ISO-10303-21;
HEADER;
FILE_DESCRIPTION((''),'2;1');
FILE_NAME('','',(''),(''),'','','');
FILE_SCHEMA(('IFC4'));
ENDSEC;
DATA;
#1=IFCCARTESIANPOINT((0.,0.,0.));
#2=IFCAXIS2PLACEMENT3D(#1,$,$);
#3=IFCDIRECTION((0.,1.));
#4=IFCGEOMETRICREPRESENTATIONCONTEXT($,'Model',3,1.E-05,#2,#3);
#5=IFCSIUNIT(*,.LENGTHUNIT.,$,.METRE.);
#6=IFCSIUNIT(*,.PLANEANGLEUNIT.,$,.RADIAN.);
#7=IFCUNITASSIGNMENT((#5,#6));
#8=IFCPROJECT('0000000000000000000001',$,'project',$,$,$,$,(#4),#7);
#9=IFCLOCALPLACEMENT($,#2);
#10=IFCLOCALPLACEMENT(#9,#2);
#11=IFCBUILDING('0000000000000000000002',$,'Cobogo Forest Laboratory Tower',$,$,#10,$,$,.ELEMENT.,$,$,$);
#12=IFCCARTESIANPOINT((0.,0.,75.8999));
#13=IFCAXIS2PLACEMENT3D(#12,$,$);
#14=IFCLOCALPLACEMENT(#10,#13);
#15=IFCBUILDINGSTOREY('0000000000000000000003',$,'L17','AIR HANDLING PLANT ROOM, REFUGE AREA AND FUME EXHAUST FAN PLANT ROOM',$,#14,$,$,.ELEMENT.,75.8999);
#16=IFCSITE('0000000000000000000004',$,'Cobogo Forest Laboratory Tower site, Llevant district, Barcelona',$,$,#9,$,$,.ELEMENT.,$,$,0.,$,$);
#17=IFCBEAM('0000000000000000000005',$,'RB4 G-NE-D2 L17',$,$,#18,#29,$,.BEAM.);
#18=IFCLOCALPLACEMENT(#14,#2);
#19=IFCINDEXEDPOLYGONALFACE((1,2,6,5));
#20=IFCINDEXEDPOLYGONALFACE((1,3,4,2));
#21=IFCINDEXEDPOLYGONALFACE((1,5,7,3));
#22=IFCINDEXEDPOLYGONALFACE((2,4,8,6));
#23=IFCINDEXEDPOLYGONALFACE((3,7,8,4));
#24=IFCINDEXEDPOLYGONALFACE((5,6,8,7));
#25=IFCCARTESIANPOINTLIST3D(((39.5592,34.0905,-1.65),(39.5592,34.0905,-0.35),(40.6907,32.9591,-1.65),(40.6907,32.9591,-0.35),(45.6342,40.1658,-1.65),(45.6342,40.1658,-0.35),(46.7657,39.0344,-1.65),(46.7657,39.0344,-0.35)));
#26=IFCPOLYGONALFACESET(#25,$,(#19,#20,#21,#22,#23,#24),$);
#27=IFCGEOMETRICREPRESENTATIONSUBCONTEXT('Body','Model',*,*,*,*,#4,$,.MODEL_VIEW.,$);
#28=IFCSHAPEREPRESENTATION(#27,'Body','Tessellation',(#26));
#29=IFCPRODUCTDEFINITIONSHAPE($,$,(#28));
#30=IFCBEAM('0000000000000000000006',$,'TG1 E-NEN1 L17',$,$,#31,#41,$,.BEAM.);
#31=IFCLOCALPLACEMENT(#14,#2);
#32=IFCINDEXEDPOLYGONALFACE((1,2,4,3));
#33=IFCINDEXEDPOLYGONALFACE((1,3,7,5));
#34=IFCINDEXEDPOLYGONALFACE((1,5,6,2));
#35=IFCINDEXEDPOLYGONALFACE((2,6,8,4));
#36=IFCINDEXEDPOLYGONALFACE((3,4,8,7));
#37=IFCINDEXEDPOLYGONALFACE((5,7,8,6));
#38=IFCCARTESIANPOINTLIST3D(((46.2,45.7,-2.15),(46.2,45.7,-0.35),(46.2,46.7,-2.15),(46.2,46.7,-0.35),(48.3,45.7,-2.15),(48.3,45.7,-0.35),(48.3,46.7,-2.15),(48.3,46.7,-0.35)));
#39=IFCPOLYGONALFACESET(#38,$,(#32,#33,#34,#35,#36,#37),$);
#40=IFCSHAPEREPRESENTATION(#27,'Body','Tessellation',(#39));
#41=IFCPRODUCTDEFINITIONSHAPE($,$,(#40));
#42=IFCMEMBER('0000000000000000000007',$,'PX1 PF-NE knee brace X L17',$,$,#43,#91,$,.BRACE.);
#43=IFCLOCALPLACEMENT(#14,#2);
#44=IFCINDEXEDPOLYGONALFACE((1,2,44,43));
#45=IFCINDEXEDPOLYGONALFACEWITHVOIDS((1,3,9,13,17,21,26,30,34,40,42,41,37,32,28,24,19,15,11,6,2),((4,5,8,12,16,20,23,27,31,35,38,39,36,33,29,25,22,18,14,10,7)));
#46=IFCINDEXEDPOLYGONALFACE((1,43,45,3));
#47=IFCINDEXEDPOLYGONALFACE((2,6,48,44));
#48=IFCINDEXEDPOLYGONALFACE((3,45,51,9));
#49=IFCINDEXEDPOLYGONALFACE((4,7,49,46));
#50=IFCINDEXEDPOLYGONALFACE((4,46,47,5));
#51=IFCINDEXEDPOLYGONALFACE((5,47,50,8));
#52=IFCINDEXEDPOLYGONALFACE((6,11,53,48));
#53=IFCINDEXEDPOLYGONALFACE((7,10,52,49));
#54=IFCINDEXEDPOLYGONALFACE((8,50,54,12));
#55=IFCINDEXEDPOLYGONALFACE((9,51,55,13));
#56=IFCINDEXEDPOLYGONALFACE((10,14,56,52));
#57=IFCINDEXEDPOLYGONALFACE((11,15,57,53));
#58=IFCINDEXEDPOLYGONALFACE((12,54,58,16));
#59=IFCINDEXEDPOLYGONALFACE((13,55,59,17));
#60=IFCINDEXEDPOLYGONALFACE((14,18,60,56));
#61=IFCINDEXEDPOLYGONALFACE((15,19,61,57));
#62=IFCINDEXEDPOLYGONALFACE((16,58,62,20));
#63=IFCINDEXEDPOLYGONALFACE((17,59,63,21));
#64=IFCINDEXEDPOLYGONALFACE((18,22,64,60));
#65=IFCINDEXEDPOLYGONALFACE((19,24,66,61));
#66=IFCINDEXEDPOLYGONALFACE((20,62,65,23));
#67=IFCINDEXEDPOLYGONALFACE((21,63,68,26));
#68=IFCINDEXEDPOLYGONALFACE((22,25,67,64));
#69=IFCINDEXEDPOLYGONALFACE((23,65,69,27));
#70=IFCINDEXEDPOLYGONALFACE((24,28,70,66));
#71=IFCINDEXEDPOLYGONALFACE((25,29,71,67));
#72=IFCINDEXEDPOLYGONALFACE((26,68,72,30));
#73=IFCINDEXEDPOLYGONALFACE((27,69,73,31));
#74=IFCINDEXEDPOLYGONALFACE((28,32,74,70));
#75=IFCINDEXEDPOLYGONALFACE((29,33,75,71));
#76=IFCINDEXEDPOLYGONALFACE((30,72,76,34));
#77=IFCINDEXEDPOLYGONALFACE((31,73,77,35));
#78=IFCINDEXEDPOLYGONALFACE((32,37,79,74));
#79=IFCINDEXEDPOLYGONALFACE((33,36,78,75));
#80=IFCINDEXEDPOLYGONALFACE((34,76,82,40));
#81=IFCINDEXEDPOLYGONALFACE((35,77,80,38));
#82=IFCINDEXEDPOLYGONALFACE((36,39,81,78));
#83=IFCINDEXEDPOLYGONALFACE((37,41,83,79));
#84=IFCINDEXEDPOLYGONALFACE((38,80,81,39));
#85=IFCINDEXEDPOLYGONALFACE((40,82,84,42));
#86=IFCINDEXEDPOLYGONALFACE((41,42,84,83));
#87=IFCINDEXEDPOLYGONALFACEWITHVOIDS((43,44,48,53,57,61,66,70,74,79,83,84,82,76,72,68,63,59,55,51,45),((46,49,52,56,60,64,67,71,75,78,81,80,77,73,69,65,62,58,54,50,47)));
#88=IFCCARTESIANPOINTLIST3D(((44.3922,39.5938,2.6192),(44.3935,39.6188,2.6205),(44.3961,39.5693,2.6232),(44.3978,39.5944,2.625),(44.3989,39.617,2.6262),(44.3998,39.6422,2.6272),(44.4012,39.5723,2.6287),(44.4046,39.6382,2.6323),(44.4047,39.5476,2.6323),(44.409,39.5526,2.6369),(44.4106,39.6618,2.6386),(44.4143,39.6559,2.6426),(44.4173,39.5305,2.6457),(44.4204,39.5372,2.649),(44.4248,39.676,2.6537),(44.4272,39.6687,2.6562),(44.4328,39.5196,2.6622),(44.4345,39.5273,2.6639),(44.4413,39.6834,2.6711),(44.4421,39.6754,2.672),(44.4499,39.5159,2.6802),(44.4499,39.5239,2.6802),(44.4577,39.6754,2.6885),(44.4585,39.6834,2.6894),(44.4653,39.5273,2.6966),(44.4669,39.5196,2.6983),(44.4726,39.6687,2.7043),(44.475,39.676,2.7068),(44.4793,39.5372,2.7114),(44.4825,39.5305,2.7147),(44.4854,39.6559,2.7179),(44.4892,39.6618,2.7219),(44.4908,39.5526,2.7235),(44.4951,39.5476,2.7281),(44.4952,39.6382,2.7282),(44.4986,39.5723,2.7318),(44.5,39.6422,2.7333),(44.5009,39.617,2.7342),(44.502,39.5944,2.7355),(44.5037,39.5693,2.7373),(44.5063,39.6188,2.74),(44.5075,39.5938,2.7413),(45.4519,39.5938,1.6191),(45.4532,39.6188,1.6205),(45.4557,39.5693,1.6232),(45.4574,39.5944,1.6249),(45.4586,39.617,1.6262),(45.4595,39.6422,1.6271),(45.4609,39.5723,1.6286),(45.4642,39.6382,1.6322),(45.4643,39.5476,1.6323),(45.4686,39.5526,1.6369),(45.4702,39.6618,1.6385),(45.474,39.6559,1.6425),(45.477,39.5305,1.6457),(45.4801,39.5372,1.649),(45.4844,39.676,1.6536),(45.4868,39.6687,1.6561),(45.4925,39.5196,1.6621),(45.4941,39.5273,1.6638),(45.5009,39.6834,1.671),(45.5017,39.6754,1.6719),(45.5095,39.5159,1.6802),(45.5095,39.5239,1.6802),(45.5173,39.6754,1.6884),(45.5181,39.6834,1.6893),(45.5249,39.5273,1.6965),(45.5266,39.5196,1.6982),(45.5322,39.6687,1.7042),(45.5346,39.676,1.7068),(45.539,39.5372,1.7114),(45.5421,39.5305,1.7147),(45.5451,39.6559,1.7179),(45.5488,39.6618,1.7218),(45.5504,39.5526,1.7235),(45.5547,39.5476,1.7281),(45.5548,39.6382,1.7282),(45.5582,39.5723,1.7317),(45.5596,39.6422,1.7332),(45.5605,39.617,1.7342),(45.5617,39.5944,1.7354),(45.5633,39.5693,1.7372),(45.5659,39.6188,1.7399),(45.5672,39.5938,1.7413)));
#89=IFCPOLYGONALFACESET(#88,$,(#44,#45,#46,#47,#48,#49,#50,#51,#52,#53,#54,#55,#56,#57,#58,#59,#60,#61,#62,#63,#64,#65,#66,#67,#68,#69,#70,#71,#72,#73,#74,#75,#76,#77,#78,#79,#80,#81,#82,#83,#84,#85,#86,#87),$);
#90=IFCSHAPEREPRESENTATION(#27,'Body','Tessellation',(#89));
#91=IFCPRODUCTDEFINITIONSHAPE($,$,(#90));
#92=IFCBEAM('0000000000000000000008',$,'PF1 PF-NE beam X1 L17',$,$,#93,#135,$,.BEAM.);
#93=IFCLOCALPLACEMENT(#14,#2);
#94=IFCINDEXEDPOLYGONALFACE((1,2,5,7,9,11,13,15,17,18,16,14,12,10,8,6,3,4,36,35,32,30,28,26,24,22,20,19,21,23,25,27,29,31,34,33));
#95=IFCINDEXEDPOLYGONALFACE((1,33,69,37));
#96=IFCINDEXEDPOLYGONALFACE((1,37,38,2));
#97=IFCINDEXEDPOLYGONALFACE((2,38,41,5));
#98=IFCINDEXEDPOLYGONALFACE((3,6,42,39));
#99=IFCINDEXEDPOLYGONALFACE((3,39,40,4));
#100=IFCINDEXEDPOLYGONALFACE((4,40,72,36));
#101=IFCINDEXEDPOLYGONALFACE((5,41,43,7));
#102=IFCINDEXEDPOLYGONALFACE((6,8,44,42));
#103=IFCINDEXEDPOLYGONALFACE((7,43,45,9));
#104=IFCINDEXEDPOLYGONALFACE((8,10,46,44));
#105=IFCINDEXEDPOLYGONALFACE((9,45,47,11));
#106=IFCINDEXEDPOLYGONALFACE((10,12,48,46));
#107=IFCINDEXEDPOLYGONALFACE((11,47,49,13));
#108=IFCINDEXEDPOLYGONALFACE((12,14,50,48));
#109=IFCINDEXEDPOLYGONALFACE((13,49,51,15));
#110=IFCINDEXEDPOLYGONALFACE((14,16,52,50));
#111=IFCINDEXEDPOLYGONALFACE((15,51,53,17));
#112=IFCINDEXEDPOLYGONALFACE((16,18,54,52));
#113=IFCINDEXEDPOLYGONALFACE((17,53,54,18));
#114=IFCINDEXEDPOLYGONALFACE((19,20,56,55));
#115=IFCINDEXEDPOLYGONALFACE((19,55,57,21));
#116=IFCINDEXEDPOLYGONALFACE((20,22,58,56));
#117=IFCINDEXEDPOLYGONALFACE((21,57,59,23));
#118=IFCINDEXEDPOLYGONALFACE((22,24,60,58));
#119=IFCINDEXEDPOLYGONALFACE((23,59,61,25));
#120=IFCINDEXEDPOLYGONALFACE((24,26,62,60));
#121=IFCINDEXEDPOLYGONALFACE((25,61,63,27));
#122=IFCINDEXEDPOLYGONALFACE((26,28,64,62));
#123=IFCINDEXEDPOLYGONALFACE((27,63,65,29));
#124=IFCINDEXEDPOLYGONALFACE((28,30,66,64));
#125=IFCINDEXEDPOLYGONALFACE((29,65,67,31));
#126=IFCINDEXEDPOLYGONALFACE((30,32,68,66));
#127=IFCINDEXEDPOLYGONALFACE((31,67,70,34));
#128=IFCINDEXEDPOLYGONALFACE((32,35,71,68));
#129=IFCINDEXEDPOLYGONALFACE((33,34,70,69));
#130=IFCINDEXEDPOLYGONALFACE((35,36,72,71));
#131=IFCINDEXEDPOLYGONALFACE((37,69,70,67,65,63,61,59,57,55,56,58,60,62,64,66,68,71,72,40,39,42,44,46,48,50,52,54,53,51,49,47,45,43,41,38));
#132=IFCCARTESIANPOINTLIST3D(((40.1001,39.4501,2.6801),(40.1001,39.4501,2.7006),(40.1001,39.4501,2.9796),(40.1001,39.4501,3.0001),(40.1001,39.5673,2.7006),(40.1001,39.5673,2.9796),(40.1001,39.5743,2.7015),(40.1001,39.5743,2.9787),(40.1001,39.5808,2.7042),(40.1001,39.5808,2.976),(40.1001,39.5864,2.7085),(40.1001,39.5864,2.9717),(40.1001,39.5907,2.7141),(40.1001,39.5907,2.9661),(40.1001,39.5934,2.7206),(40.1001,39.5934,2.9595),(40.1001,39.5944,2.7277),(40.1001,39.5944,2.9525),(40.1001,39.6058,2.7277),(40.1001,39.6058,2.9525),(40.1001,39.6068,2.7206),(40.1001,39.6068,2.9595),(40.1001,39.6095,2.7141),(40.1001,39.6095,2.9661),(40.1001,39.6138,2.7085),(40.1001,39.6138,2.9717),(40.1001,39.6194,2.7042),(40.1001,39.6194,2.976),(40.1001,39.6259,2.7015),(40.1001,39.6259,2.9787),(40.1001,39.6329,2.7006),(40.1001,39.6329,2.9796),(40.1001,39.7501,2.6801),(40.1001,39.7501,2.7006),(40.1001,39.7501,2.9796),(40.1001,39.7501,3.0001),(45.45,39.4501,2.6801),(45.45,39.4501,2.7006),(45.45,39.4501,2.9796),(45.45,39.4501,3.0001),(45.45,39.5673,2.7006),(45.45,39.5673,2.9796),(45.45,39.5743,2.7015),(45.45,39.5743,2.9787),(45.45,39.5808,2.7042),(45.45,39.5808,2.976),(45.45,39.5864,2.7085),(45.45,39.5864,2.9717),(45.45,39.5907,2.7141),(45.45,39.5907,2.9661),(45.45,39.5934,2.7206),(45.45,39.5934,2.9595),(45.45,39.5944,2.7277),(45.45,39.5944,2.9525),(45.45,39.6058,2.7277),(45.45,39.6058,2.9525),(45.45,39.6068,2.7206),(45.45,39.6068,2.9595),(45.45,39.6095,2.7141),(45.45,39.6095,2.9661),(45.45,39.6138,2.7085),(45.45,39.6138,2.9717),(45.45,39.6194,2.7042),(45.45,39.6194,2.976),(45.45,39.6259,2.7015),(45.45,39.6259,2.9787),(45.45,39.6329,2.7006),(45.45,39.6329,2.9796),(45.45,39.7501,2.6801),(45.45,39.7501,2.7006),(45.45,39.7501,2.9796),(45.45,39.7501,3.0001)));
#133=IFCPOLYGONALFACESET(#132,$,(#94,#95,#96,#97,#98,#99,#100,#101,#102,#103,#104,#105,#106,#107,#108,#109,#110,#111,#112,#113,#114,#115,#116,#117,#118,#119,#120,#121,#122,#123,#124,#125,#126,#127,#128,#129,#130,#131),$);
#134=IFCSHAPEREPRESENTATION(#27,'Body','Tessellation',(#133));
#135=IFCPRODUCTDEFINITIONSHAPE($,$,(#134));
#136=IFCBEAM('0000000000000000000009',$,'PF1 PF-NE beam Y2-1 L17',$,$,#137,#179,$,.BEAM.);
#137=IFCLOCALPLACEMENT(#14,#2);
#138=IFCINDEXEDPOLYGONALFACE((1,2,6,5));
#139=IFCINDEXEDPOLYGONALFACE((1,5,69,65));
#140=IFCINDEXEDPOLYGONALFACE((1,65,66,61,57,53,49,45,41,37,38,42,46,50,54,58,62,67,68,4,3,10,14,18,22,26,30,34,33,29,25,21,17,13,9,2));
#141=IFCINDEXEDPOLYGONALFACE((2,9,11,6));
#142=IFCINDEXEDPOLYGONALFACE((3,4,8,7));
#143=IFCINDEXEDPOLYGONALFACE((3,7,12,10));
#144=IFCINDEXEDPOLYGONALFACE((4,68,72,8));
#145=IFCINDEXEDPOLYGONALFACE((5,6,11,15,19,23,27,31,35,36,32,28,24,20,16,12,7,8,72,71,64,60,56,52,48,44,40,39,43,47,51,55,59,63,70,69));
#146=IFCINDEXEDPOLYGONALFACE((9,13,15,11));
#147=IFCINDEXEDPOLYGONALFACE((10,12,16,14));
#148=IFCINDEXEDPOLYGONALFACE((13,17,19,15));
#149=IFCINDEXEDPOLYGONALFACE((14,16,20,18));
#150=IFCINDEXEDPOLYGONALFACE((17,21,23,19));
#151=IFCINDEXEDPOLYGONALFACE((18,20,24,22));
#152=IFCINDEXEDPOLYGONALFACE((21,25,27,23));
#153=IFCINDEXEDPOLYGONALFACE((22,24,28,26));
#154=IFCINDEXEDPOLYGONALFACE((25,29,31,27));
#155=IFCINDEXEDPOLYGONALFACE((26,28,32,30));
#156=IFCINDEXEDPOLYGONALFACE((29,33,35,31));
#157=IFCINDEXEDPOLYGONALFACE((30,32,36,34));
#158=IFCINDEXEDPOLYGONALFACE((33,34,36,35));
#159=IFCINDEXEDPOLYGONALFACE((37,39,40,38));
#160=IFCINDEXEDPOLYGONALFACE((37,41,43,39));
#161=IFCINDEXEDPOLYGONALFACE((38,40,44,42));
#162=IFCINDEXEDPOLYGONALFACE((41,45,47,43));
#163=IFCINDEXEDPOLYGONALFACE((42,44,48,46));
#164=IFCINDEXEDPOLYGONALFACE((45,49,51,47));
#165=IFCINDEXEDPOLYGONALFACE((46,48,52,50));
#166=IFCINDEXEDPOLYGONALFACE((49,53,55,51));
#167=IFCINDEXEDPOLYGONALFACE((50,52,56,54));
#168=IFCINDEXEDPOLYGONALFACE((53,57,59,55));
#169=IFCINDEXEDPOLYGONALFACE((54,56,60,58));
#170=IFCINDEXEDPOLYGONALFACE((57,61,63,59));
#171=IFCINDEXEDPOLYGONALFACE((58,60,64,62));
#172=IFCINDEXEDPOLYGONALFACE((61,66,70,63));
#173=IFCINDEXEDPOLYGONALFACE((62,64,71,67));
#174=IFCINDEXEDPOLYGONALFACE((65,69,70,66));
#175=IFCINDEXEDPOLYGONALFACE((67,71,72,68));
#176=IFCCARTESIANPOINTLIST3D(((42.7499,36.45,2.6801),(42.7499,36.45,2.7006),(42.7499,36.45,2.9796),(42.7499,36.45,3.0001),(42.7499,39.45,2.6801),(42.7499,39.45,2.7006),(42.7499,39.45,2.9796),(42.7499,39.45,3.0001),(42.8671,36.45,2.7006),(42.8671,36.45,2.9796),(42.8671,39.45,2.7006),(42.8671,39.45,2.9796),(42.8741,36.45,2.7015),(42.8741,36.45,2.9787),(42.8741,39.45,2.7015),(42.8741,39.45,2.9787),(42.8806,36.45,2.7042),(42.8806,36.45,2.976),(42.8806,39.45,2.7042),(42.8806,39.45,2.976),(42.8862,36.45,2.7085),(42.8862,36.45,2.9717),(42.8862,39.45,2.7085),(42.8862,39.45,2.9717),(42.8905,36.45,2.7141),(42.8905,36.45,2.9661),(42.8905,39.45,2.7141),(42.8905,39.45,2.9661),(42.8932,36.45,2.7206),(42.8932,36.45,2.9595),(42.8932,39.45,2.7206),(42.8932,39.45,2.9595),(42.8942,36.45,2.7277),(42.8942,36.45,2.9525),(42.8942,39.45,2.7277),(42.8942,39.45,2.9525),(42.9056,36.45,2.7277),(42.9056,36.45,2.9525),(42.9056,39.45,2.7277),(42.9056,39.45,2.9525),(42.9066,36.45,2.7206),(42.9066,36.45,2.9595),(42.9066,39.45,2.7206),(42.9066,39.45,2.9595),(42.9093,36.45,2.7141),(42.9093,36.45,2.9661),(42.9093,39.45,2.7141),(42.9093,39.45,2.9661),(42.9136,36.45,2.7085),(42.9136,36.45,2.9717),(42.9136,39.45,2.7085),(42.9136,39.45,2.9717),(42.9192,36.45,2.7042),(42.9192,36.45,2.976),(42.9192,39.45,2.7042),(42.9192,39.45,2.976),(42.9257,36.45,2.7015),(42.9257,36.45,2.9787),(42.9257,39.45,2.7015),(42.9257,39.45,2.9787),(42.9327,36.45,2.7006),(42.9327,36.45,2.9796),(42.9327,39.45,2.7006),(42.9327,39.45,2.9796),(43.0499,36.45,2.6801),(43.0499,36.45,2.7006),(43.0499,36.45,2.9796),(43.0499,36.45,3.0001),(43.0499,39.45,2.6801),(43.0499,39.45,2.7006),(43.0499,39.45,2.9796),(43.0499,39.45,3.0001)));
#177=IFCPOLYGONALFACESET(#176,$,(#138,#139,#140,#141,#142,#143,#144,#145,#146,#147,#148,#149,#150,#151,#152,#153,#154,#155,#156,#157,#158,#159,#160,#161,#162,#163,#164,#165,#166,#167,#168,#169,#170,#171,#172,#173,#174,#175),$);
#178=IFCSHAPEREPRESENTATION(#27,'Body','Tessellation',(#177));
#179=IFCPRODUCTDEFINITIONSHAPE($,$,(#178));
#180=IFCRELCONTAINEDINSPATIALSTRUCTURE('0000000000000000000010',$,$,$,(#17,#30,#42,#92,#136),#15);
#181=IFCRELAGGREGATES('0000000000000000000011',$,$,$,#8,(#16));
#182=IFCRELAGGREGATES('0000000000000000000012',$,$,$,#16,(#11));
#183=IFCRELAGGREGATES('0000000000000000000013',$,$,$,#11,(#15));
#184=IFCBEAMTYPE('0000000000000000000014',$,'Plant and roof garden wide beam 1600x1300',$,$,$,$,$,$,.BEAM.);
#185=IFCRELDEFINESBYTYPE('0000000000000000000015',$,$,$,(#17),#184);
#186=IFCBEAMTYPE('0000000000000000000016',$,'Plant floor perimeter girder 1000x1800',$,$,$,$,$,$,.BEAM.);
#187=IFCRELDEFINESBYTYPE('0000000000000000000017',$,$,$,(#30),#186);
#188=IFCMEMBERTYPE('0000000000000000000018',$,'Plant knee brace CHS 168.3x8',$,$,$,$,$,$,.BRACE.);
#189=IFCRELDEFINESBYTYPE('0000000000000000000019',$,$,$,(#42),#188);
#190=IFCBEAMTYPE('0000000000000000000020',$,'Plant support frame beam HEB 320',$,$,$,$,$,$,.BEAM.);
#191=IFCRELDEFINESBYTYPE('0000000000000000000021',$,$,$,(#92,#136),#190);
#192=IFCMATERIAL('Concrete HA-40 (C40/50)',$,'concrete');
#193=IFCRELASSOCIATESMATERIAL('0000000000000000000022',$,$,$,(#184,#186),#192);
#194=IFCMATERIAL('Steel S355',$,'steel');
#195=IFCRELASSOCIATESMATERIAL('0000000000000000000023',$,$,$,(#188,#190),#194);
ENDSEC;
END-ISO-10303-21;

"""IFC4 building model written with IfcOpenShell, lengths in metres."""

from ifc_helpers import new_model, si_unit, direction, frame, origin, origin_2d, place, context, subcontext, project, spatial, rectangle, hollow_circle, i_section, extrude, material, material_profile, profile_set, type_object, element, save


model = new_model("IFC4")

# Units and contexts
model_context = context("Model", 3, precision=1e-05, world=origin(), true_north=direction((0.0, 1.0)))
body_context = subcontext(model_context, "Body", "Model", "MODEL_VIEW")
ifc_project = project(units=[si_unit("LENGTHUNIT", "METRE"), si_unit("PLANEANGLEUNIT", "RADIAN")], contexts=[model_context])

# Site, building, storey
site_placement = place(None, origin())
site = spatial("IfcSite", under=ifc_project, at=site_placement, Name="Cobogo Forest Laboratory Tower site, Llevant district, Barcelona", CompositionType="ELEMENT", RefElevation=0.0)
building_placement = place(site_placement, origin())
building = spatial("IfcBuilding", under=site, at=building_placement, Name="Cobogo Forest Laboratory Tower", CompositionType="ELEMENT")
storey_placement = place(building_placement, frame((0.0, 0.0, 75.8999)))
storey = spatial("IfcBuildingStorey", under=building, at=storey_placement, Name="L17", Description="AIR HANDLING PLANT ROOM, REFUGE AREA AND FUME EXHAUST FAN PLANT ROOM", CompositionType="ELEMENT", Elevation=75.8999)

# Beams
ifc_material_1 = material(Name="Concrete HA-40 (C40/50)", Category="concrete")
ifc_material_profile_1 = material_profile(ifc_material_1, rectangle(XDim=1.6001, YDim=1.3, at=origin_2d()), Name="RC 1600x1300")
ifc_profile_set_1 = profile_set([ifc_material_profile_1], Name="Concrete HA-40 (C40/50)")
beam_type_1 = type_object("IfcBeamType", Name="Plant and roof garden wide beam 1600x1300", PredefinedType="BEAM", material=ifc_profile_set_1)
beam_1_placement = place(storey_placement, frame((46.2, 39.6001, -1.0), z_axis=(-0.707093, -0.707121, 0.0), x_axis=(0.707121, -0.707093, 0.0)))
element("IfcBeam", 1, at=beam_1_placement, inside=storey, type_object=beam_type_1, Name="RB4 G-NE-D2 L17", PredefinedType="BEAM", context=body_context, shape_type="SweptSolid", body=[
    extrude(rectangle(XDim=1.6001, YDim=1.3, at=origin_2d()), origin(), (0.0, 0.0, 1.0), 8.5916),
])
ifc_material_profile_2 = material_profile(ifc_material_1, rectangle(XDim=1.0, YDim=1.8, at=origin_2d()), Name="RC 1000x1800")
ifc_profile_set_2 = profile_set([ifc_material_profile_2], Name="Concrete HA-40 (C40/50)")
beam_type_2 = type_object("IfcBeamType", Name="Plant floor perimeter girder 1000x1800", PredefinedType="BEAM", material=ifc_profile_set_2)
beam_2_placement = place(storey_placement, frame((46.2, 46.2, -1.25), z_axis=(1.0, 0.0, 0.0), x_axis=(0.0, 1.0, 0.0)))
element("IfcBeam", 2, at=beam_2_placement, inside=storey, type_object=beam_type_2, Name="TG1 E-NEN1 L17", PredefinedType="BEAM", context=body_context, shape_type="SweptSolid", body=[
    extrude(rectangle(XDim=1.0, YDim=1.8, at=origin_2d()), origin(), (0.0, 0.0, 1.0), 2.1001),
])

# Member
ifc_material_2 = material(Name="Steel S355", Category="steel")
ifc_material_profile_3 = material_profile(ifc_material_2, hollow_circle(Radius=0.0842, WallThickness=0.0081, at=origin_2d()), Name="CHS 168.3x8")
ifc_profile_set_3 = profile_set([ifc_material_profile_3], Name="Steel S355")
member_type_1 = type_object("IfcMemberType", Name="Plant knee brace CHS 168.3x8", PredefinedType="BRACE", material=ifc_profile_set_3)
member_1_placement = place(storey_placement, frame((45.5095, 39.6001, 1.6802), z_axis=(-0.727255, 0.0, 0.686368), x_axis=(0.0, -1.0, 0.0)))
element("IfcMember", 3, at=member_1_placement, inside=storey, type_object=member_type_1, Name="PX1 PF-NE knee brace X L17", PredefinedType="BRACE", context=body_context, shape_type="SweptSolid", body=[
    extrude(hollow_circle(Radius=0.0842, WallThickness=0.0081, at=origin_2d()), origin(), (0.0, 0.0, 1.0), 1.457),
])

# Beams
ifc_material_profile_4 = material_profile(ifc_material_2, i_section(OverallWidth=0.3, OverallDepth=0.3201, WebThickness=0.0115, FlangeThickness=0.0205, FilletRadius=0.0271, at=origin_2d()), Name="HEB 320")
ifc_profile_set_4 = profile_set([ifc_material_profile_4], Name="Steel S355")
beam_type_3 = type_object("IfcBeamType", Name="Plant support frame beam HEB 320", PredefinedType="BEAM", material=ifc_profile_set_4)
beam_3_placement = place(storey_placement, frame((45.45, 39.6001, 2.8401), z_axis=(-1.0, 0.0, 0.0), x_axis=(0.0, -1.0, 0.0)))
element("IfcBeam", 4, at=beam_3_placement, inside=storey, type_object=beam_type_3, Name="PF1 PF-NE beam X1 L17", PredefinedType="BEAM", context=body_context, shape_type="SweptSolid", body=[
    extrude(i_section(OverallWidth=0.3, OverallDepth=0.3201, WebThickness=0.0115, FlangeThickness=0.0205, FilletRadius=0.0271, at=origin_2d()), origin(), (0.0, 0.0, 1.0), 5.3499),
])
beam_4_placement = place(storey_placement, frame((42.8999, 39.45, 2.8401), z_axis=(0.0, -1.0, 0.0), x_axis=(1.0, 0.0, 0.0)))
element("IfcBeam", 5, at=beam_4_placement, inside=storey, type_object=beam_type_3, Name="PF1 PF-NE beam Y2-1 L17", PredefinedType="BEAM", context=body_context, shape_type="SweptSolid", body=[
    extrude(i_section(OverallWidth=0.3, OverallDepth=0.3201, WebThickness=0.0115, FlangeThickness=0.0205, FilletRadius=0.0271, at=origin_2d()), origin(), (0.0, 0.0, 1.0), 3.0),
])

save(model, "model.ifc")
